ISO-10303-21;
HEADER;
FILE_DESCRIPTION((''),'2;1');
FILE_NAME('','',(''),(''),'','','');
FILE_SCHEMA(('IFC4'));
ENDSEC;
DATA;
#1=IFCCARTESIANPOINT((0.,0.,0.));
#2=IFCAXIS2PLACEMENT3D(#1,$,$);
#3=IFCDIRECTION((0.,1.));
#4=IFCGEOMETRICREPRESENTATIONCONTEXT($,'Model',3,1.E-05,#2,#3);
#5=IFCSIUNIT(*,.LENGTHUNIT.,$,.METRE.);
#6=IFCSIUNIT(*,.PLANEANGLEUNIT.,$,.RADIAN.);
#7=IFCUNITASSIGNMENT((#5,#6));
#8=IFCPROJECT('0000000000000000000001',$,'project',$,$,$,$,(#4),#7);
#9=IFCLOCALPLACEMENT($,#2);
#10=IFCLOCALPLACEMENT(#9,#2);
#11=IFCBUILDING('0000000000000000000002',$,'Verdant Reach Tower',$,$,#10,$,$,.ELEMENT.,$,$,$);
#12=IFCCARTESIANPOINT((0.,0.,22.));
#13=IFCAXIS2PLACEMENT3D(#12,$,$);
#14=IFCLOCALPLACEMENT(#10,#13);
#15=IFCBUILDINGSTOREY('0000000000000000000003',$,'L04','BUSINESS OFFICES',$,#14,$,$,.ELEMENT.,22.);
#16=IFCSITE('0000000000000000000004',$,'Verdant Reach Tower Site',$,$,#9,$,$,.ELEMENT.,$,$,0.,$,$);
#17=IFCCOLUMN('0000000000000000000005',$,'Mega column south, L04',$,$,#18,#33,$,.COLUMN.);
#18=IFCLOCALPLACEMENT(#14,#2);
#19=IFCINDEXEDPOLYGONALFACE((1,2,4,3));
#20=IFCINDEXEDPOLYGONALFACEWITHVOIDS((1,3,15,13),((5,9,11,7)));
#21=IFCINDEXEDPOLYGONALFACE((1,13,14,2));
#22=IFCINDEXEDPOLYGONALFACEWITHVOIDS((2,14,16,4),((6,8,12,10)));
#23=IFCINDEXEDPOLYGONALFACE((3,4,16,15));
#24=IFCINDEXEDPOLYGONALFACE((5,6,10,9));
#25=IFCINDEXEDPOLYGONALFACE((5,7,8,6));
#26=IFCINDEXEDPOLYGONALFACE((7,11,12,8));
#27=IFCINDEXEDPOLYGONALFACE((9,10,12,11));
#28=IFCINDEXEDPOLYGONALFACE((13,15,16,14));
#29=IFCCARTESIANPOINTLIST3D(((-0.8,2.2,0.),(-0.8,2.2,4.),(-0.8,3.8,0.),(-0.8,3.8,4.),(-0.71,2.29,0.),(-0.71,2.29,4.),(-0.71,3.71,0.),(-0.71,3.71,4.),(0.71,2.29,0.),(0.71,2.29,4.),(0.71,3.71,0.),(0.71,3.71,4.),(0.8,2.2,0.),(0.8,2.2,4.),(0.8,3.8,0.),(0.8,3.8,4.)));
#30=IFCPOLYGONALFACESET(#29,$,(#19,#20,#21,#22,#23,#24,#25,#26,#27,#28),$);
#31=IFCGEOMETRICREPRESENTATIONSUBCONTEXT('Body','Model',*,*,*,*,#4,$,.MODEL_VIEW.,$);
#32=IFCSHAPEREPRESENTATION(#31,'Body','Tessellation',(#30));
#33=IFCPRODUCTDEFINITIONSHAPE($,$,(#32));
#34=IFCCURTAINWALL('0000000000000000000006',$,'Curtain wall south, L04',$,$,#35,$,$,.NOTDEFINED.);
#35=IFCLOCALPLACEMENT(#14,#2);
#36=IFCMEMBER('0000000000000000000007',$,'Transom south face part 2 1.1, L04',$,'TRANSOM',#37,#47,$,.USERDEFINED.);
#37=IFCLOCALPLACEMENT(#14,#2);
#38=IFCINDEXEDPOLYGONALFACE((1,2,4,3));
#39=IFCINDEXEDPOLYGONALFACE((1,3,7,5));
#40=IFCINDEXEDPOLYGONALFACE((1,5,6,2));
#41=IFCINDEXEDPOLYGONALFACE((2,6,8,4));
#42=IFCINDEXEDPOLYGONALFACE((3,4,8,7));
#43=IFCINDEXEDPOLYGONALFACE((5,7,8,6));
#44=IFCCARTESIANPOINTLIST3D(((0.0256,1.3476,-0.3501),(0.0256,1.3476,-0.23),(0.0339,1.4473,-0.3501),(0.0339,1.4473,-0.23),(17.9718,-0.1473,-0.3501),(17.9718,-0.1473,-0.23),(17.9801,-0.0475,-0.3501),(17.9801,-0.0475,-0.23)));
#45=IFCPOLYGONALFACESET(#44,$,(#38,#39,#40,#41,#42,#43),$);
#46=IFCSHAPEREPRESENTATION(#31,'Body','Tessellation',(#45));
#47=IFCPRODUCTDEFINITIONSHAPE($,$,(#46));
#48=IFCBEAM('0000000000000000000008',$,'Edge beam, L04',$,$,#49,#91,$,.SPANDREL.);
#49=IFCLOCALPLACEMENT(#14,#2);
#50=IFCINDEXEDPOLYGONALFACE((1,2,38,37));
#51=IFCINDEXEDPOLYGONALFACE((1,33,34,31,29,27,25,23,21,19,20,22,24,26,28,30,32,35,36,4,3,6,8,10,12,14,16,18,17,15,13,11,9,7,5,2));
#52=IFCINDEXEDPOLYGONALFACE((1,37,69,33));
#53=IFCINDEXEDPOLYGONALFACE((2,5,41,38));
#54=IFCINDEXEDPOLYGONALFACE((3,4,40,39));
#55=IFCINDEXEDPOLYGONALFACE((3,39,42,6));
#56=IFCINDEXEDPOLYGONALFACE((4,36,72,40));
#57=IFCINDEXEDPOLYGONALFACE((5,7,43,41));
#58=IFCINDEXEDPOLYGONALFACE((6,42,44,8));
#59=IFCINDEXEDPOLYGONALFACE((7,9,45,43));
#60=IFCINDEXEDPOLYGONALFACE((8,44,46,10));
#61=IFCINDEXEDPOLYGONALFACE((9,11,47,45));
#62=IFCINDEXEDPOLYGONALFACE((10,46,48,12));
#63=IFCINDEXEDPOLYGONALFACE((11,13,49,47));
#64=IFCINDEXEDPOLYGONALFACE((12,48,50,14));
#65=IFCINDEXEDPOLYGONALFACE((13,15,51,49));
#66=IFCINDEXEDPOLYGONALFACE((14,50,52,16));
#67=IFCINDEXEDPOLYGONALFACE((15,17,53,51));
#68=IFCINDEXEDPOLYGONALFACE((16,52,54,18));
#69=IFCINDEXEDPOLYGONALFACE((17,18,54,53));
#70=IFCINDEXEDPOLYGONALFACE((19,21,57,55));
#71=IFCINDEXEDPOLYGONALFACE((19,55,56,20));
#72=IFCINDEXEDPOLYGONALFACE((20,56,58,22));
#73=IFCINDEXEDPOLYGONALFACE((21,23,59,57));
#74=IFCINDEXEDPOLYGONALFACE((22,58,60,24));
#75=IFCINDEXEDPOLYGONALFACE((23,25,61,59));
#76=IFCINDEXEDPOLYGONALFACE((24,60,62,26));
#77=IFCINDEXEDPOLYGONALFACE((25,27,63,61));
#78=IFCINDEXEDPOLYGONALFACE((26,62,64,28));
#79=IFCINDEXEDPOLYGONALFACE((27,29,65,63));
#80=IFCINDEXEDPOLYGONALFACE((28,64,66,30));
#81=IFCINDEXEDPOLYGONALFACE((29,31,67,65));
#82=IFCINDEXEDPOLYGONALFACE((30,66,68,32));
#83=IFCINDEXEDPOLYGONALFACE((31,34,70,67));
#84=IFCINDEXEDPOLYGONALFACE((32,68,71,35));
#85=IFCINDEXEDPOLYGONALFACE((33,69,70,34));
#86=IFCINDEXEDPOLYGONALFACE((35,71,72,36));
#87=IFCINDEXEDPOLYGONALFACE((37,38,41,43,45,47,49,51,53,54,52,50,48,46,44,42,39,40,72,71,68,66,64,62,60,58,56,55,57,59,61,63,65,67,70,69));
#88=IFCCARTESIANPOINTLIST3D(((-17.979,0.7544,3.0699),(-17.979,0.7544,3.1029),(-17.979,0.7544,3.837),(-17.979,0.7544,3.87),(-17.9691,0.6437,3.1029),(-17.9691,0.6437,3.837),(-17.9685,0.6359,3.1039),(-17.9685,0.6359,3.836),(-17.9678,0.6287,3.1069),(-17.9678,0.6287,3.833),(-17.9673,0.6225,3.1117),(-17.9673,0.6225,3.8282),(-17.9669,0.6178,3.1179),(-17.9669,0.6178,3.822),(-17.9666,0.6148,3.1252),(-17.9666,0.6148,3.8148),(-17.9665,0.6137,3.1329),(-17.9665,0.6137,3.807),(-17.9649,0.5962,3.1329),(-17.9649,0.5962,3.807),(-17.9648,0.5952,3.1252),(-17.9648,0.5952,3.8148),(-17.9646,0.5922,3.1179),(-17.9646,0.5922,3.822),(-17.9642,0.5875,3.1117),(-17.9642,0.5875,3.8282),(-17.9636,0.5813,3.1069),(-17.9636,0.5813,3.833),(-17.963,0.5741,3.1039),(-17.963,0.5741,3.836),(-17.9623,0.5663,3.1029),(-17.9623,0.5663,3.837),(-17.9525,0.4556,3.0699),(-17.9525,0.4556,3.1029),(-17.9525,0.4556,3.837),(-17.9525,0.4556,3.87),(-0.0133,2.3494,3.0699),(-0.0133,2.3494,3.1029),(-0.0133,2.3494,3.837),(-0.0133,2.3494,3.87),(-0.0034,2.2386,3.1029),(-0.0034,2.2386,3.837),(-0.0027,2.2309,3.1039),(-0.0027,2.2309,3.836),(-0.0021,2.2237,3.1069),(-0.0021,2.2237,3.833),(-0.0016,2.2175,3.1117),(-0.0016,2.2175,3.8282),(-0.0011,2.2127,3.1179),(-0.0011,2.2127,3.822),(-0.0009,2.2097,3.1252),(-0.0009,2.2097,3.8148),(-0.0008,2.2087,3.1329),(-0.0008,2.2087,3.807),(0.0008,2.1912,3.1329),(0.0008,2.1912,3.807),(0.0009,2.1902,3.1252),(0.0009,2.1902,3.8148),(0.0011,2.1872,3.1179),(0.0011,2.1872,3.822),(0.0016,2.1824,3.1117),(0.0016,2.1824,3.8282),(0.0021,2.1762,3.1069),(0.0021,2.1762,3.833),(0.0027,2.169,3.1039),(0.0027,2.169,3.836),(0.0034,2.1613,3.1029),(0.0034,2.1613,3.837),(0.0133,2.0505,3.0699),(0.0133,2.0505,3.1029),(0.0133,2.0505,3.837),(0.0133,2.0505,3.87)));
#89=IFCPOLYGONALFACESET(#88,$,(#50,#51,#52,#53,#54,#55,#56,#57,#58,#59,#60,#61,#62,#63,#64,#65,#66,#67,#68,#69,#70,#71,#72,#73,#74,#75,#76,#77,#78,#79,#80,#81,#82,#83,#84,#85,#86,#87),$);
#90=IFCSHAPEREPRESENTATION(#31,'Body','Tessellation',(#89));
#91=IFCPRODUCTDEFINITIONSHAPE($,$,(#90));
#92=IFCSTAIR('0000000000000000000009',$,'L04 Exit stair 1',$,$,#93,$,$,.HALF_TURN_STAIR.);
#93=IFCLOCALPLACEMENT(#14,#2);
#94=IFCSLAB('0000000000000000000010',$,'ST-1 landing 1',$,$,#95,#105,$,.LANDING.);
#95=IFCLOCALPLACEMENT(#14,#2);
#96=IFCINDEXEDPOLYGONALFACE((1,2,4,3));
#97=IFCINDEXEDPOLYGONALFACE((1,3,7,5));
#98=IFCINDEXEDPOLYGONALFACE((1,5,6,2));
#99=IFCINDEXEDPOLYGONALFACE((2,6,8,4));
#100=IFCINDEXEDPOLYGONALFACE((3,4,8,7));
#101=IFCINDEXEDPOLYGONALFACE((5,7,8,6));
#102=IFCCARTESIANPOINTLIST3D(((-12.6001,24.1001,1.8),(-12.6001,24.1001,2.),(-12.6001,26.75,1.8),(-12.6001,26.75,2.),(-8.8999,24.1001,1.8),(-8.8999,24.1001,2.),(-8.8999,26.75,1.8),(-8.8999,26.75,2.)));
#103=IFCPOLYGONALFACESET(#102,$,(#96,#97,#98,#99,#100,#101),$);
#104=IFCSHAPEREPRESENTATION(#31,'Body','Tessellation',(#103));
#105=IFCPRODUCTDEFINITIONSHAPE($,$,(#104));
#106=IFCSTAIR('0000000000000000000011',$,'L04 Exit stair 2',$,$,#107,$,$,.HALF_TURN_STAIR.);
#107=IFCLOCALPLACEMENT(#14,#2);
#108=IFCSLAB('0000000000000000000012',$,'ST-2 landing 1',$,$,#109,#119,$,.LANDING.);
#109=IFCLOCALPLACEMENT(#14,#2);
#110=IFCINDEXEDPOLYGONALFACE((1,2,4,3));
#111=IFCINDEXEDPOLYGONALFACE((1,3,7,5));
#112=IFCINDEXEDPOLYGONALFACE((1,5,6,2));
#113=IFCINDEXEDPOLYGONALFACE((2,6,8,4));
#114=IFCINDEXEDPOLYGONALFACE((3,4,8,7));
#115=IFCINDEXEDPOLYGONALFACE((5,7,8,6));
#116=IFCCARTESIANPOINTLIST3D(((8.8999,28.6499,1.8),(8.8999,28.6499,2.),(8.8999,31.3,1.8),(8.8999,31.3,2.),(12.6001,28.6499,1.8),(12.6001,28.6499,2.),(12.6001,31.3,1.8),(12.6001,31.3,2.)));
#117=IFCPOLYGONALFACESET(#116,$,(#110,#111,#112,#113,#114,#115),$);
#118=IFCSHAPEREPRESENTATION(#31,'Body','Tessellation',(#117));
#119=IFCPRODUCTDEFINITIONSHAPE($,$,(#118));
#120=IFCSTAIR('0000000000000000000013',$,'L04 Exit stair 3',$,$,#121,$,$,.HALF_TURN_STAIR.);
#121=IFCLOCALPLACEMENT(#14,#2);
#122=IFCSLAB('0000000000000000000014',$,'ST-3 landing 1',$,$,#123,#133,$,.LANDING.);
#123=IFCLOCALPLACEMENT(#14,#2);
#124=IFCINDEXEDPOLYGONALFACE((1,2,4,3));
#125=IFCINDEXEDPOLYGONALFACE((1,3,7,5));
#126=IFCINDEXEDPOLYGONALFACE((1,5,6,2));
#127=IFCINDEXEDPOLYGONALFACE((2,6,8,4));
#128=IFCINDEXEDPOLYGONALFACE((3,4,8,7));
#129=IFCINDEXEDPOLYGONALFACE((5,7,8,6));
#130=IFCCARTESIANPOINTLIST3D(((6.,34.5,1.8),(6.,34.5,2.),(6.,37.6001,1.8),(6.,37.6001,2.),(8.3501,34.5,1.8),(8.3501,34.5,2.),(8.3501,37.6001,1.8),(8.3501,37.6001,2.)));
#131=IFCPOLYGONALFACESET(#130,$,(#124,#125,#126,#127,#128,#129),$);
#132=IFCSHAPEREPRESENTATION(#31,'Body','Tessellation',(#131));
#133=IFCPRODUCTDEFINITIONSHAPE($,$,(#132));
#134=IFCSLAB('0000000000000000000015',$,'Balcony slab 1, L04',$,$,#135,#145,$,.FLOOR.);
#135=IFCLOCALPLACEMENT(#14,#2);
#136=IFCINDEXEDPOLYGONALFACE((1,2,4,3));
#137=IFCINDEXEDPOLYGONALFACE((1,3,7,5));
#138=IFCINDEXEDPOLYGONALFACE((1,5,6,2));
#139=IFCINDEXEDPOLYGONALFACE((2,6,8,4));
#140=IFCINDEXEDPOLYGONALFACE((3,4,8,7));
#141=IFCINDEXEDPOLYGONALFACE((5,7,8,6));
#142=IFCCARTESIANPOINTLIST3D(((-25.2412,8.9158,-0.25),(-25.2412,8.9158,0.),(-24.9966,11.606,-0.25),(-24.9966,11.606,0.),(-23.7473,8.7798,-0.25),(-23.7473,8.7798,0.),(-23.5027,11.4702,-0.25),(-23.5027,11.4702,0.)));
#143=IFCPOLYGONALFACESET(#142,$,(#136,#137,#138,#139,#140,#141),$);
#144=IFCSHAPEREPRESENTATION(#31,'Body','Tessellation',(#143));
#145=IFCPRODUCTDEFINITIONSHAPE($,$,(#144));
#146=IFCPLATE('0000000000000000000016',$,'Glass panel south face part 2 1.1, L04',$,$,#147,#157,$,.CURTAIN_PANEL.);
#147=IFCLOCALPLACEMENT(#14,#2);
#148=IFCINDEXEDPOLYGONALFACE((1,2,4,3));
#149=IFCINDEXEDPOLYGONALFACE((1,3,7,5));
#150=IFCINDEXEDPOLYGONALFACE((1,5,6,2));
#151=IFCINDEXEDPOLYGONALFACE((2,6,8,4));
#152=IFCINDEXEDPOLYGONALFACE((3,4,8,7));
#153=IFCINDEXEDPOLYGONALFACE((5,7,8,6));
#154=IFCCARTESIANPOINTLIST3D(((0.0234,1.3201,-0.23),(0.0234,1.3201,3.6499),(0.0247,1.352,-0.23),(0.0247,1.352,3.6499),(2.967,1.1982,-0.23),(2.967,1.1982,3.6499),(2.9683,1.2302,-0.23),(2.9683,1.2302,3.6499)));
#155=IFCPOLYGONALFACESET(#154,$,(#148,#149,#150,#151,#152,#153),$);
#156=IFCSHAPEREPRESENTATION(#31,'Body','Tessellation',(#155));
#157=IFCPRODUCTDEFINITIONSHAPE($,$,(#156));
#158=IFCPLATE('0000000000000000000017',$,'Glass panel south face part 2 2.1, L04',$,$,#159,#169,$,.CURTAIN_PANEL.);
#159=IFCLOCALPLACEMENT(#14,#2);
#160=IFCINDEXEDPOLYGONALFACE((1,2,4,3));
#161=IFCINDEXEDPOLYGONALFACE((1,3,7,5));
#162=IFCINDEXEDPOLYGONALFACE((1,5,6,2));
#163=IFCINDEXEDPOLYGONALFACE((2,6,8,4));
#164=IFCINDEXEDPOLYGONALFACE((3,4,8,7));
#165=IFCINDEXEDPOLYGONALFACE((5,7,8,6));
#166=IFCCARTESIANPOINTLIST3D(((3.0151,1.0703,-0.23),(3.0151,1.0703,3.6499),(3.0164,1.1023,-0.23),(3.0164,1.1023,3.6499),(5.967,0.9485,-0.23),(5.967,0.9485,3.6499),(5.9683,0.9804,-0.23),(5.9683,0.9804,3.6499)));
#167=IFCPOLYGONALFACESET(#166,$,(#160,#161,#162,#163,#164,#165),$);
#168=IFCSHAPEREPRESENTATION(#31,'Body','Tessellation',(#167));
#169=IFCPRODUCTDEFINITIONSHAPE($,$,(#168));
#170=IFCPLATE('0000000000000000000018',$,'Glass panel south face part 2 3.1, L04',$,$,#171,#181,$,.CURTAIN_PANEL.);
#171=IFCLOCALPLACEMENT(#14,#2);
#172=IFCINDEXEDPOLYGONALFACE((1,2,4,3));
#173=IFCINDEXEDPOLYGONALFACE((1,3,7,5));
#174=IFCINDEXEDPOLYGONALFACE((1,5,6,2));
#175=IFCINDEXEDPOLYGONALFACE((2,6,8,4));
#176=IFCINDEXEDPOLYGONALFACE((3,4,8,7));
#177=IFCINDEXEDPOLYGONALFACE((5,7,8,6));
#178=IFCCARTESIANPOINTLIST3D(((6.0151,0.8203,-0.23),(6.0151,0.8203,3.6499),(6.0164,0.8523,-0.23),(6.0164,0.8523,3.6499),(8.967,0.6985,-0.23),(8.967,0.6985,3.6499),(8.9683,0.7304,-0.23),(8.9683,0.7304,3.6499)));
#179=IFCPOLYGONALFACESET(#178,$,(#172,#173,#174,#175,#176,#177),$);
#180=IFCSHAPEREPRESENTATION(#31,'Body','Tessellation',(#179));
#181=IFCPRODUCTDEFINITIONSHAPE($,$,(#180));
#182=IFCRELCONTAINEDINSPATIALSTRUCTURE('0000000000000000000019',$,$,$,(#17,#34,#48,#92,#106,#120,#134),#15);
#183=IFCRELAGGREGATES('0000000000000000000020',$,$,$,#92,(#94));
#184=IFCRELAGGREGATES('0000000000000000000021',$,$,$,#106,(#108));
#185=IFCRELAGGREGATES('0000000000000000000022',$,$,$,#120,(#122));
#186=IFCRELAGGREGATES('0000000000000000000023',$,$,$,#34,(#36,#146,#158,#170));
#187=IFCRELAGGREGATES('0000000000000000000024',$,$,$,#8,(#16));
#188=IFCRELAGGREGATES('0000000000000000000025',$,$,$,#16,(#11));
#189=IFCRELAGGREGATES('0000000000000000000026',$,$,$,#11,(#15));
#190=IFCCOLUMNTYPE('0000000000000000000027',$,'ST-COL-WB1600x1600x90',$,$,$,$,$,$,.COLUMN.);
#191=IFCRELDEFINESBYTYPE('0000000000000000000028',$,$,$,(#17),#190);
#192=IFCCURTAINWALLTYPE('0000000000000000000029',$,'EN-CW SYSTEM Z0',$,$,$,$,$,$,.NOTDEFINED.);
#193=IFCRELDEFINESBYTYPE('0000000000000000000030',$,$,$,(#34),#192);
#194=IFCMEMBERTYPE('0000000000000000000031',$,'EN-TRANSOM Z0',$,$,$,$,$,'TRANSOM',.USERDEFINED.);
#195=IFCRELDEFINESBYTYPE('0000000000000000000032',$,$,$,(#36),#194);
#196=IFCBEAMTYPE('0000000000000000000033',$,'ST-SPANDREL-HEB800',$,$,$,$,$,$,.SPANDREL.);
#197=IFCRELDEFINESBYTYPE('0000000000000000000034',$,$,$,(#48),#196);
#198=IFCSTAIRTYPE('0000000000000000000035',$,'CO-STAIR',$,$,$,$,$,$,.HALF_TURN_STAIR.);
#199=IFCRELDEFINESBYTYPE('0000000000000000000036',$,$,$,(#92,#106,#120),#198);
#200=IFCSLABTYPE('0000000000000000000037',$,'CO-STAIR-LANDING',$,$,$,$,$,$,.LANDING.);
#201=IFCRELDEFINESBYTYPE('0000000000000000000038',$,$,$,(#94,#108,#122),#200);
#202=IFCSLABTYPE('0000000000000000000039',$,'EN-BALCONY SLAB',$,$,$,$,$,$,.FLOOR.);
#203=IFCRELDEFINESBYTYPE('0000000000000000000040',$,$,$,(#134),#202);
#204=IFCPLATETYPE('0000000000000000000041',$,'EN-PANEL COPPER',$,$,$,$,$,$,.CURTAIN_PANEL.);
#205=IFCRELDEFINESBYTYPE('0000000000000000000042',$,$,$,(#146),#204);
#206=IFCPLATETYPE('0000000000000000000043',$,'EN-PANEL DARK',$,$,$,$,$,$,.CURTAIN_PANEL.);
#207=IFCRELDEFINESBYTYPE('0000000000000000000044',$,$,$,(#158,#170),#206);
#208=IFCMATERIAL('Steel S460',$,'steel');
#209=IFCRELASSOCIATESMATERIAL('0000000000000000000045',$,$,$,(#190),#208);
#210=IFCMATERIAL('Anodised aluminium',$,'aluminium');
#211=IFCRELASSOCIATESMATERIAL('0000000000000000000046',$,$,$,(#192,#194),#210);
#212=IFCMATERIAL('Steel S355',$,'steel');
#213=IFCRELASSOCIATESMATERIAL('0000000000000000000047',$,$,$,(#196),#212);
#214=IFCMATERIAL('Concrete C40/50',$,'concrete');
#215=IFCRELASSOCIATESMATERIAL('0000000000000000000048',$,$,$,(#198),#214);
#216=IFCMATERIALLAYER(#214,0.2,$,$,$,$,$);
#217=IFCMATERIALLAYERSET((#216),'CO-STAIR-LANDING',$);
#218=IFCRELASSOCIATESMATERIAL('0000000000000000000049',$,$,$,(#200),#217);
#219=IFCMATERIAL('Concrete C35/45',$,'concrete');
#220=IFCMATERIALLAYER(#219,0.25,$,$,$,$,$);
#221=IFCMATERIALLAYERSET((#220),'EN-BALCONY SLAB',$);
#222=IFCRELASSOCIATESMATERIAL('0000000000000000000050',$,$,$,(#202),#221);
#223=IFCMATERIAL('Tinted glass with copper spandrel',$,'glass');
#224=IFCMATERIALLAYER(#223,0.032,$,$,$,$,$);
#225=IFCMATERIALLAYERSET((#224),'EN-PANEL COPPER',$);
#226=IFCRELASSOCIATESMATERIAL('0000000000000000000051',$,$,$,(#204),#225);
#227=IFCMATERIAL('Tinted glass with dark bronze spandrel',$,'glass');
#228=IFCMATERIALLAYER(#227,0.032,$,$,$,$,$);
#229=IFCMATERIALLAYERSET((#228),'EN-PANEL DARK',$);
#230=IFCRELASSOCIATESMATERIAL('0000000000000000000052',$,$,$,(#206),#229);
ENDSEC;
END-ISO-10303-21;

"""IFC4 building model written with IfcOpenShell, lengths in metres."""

from ifc_helpers import new_model, si_unit, direction, frame, origin, origin_2d, place, context, subcontext, project, spatial, polyline, rectangle, hollow_rectangle, i_section, outline, extrude, material, layer, layer_set, material_profile, profile_set, type_object, element, aggregate, save


model = new_model("IFC4")

# Units and contexts
model_context = context("Model", 3, precision=1e-05, world=origin(), true_north=direction((0.0, 1.0)))
body_context = subcontext(model_context, "Body", "Model", "MODEL_VIEW")
ifc_project = project(units=[si_unit("LENGTHUNIT", "METRE"), si_unit("PLANEANGLEUNIT", "RADIAN")], contexts=[model_context])

# Site, building, storey
site_placement = place(None, origin())
site = spatial("IfcSite", under=ifc_project, at=site_placement, Name="Verdant Reach Tower Site", CompositionType="ELEMENT", RefElevation=0.0)
building_placement = place(site_placement, origin())
building = spatial("IfcBuilding", under=site, at=building_placement, Name="Verdant Reach Tower", CompositionType="ELEMENT")
storey_placement = place(building_placement, frame((0.0, 0.0, 22.0)))
storey = spatial("IfcBuildingStorey", under=building, at=storey_placement, Name="L04", Description="BUSINESS OFFICES", CompositionType="ELEMENT", Elevation=22.0)

# Column
ifc_material_1 = material(Name="Steel S460", Category="steel")
ifc_material_profile_1 = material_profile(ifc_material_1, hollow_rectangle(XDim=1.6001, YDim=1.6001, WallThickness=0.0901, at=origin_2d()), Name="WB 1600x1600x90")
ifc_profile_set_1 = profile_set([ifc_material_profile_1], Name="Steel S460")
column_type = type_object("IfcColumnType", Name="ST-COL-WB1600x1600x90", PredefinedType="COLUMN", material=ifc_profile_set_1)
column_placement = place(storey_placement, frame((0.0, 3.0, 0.0), z_axis=(0.0, 0.0, 1.0), x_axis=(1.0, 0.0, 0.0)))
element("IfcColumn", 1, at=column_placement, inside=storey, type_object=column_type, Name="Mega column south, L04", PredefinedType="COLUMN", context=body_context, shape_type="SweptSolid", body=[
    extrude(hollow_rectangle(XDim=1.6001, YDim=1.6001, WallThickness=0.0901, at=origin_2d()), origin(), (0.0, 0.0, 1.0), 4.0),
])

# Curtain wall, member
ifc_material_2 = material(Name="Anodised aluminium", Category="aluminium")
curtain_wall_type = type_object("IfcCurtainWallType", Name="EN-CW SYSTEM Z0", PredefinedType="NOTDEFINED", material=ifc_material_2)
curtain_wall_placement = place(storey_placement, origin())
curtain_wall = element("IfcCurtainWall", 2, at=curtain_wall_placement, inside=storey, type_object=curtain_wall_type, Name="Curtain wall south, L04", PredefinedType="NOTDEFINED")
ifc_material_profile_2 = material_profile(ifc_material_2, rectangle(XDim=0.1001, YDim=0.1201, at=origin_2d()), Name="Transom 120x100")
ifc_profile_set_2 = profile_set([ifc_material_profile_2], Name="Anodised aluminium")
member_type = type_object("IfcMemberType", Name="EN-TRANSOM Z0", ElementType="TRANSOM", PredefinedType="USERDEFINED", material=ifc_profile_set_2)
member_placement = place(storey_placement, frame((0.0298, 1.3975, -0.29), z_axis=(0.996549, -0.083011, 0.0), x_axis=(0.083011, 0.996549, 0.0)))
member = element("IfcMember", 3, at=member_placement, type_object=member_type, Name="Transom south face part 2 1.1, L04", ObjectType="TRANSOM", PredefinedType="USERDEFINED", context=body_context, shape_type="SweptSolid", body=[
    extrude(rectangle(XDim=0.1001, YDim=0.1201, at=origin_2d()), origin(), (0.0, 0.0, 1.0), 18.0083),
])

# Beam
ifc_material_3 = material(Name="Steel S355", Category="steel")
ifc_material_profile_3 = material_profile(ifc_material_3, i_section(OverallWidth=0.3, OverallDepth=0.8, WebThickness=0.0176, FlangeThickness=0.033, FilletRadius=0.03, at=origin_2d()), Name="HEB 800")
ifc_profile_set_3 = profile_set([ifc_material_profile_3], Name="Steel S355")
beam_type = type_object("IfcBeamType", Name="ST-SPANDREL-HEB800", PredefinedType="SPANDREL", material=ifc_profile_set_3)
beam_placement = place(storey_placement, frame((0.0, 2.2, 3.47), z_axis=(-0.996082, -0.08843, 0.0), x_axis=(0.08843, -0.996082, 0.0)))
element("IfcBeam", 4, at=beam_placement, inside=storey, type_object=beam_type, Name="Edge beam, L04", PredefinedType="SPANDREL", context=body_context, shape_type="SweptSolid", body=[
    extrude(i_section(OverallWidth=0.3, OverallDepth=0.8, WebThickness=0.0176, FlangeThickness=0.033, FilletRadius=0.03, at=origin_2d()), origin(), (0.0, 0.0, 1.0), 18.0364),
])

# Stairs, slabs
ifc_material_4 = material(Name="Concrete C40/50", Category="concrete")
stair_type = type_object("IfcStairType", Name="CO-STAIR", PredefinedType="HALF_TURN_STAIR", material=ifc_material_4)
stair_1_placement = place(storey_placement, origin())
stair_1 = element("IfcStair", 5, at=stair_1_placement, inside=storey, type_object=stair_type, Name="L04 Exit stair 1", PredefinedType="HALF_TURN_STAIR")
ifc_layer_1 = layer(ifc_material_4, 0.2)
ifc_layer_set_1 = layer_set([ifc_layer_1], Name="CO-STAIR-LANDING")
slab_type_1 = type_object("IfcSlabType", Name="CO-STAIR-LANDING", PredefinedType="LANDING", material=ifc_layer_set_1)
slab_1_placement = place(storey_placement, frame((0.0, 0.0, 1.8)))
slab_1 = element("IfcSlab", 6, at=slab_1_placement, type_object=slab_type_1, Name="ST-1 landing 1", PredefinedType="LANDING", context=body_context, shape_type="SweptSolid", body=[
    extrude(outline(polyline([(-12.6001, 26.75), (-12.6001, 24.1001), (-8.8999, 24.1001), (-8.8999, 26.75), (-12.6001, 26.75)])), origin(), (0.0, 0.0, 1.0), 0.2),
])
aggregate(stair_1, [slab_1])
stair_2_placement = place(storey_placement, origin())
stair_2 = element("IfcStair", 7, at=stair_2_placement, inside=storey, type_object=stair_type, Name="L04 Exit stair 2", PredefinedType="HALF_TURN_STAIR")
slab_2_placement = place(storey_placement, frame((0.0, 0.0, 1.8)))
slab_2 = element("IfcSlab", 8, at=slab_2_placement, type_object=slab_type_1, Name="ST-2 landing 1", PredefinedType="LANDING", context=body_context, shape_type="SweptSolid", body=[
    extrude(outline(polyline([(12.6001, 28.6499), (12.6001, 31.3), (8.8999, 31.3), (8.8999, 28.6499), (12.6001, 28.6499)])), origin(), (0.0, 0.0, 1.0), 0.2),
])
aggregate(stair_2, [slab_2])
stair_3_placement = place(storey_placement, origin())
stair_3 = element("IfcStair", 9, at=stair_3_placement, inside=storey, type_object=stair_type, Name="L04 Exit stair 3", PredefinedType="HALF_TURN_STAIR")
slab_3_placement = place(storey_placement, frame((0.0, 0.0, 1.8)))
slab_3 = element("IfcSlab", 10, at=slab_3_placement, type_object=slab_type_1, Name="ST-3 landing 1", PredefinedType="LANDING", context=body_context, shape_type="SweptSolid", body=[
    extrude(outline(polyline([(8.3501, 37.6001), (6.0, 37.6001), (6.0, 34.5), (8.3501, 34.5), (8.3501, 37.6001)])), origin(), (0.0, 0.0, 1.0), 0.2),
])
aggregate(stair_3, [slab_3])

# Slab
ifc_material_5 = material(Name="Concrete C35/45", Category="concrete")
ifc_layer_2 = layer(ifc_material_5, 0.25)
ifc_layer_set_2 = layer_set([ifc_layer_2], Name="EN-BALCONY SLAB")
slab_type_2 = type_object("IfcSlabType", Name="EN-BALCONY SLAB", PredefinedType="FLOOR", material=ifc_layer_set_2)
slab_4_placement = place(storey_placement, frame((0.0, 0.0, -0.25)))
element("IfcSlab", 11, at=slab_4_placement, inside=storey, type_object=slab_type_2, Name="Balcony slab 1, L04", PredefinedType="FLOOR", context=body_context, shape_type="SweptSolid", body=[
    extrude(outline(polyline([(-23.5027, 11.4702), (-23.7473, 8.7798), (-25.2412, 8.9158), (-24.9966, 11.606), (-23.5027, 11.4702)])), origin(), (0.0, 0.0, 1.0), 0.25),
])

# Plates
ifc_material_6 = material(Name="Tinted glass with copper spandrel", Category="glass")
ifc_layer_3 = layer(ifc_material_6, 0.032)
ifc_layer_set_3 = layer_set([ifc_layer_3], Name="EN-PANEL COPPER")
plate_type_1 = type_object("IfcPlateType", Name="EN-PANEL COPPER", PredefinedType="CURTAIN_PANEL", material=ifc_layer_set_3)
plate_1_placement = place(storey_placement, frame((1.4958, 1.2751, -0.23), z_axis=(0.0, 0.0, 1.0), x_axis=(0.999144, -0.041357, 0.0)))
plate_1 = element("IfcPlate", 12, at=plate_1_placement, type_object=plate_type_1, Name="Glass panel south face part 2 1.1, L04", PredefinedType="CURTAIN_PANEL", context=body_context, shape_type="SweptSolid", body=[
    extrude(rectangle(XDim=2.946, YDim=0.032, at=origin_2d()), origin(), (0.0, 0.0, 1.0), 3.8799),
])
ifc_material_7 = material(Name="Tinted glass with dark bronze spandrel", Category="glass")
ifc_layer_4 = layer(ifc_material_7, 0.032)
ifc_layer_set_4 = layer_set([ifc_layer_4], Name="EN-PANEL DARK")
plate_type_2 = type_object("IfcPlateType", Name="EN-PANEL DARK", PredefinedType="CURTAIN_PANEL", material=ifc_layer_set_4)
plate_2_placement = place(storey_placement, frame((4.4917, 1.0254, -0.23), z_axis=(0.0, 0.0, 1.0), x_axis=(0.999149, -0.041242, 0.0)))
plate_2 = element("IfcPlate", 13, at=plate_2_placement, type_object=plate_type_2, Name="Glass panel south face part 2 2.1, L04", PredefinedType="CURTAIN_PANEL", context=body_context, shape_type="SweptSolid", body=[
    extrude(rectangle(XDim=2.9543, YDim=0.032, at=origin_2d()), origin(), (0.0, 0.0, 1.0), 3.8799),
])
plate_3_placement = place(storey_placement, frame((7.4917, 0.7754, -0.23), z_axis=(0.0, 0.0, 1.0), x_axis=(0.999149, -0.041242, 0.0)))
plate_3 = element("IfcPlate", 14, at=plate_3_placement, type_object=plate_type_2, Name="Glass panel south face part 2 3.1, L04", PredefinedType="CURTAIN_PANEL", context=body_context, shape_type="SweptSolid", body=[
    extrude(rectangle(XDim=2.9543, YDim=0.032, at=origin_2d()), origin(), (0.0, 0.0, 1.0), 3.8799),
])
aggregate(curtain_wall, [member, plate_1, plate_2, plate_3])

save(model, "model.ifc")
